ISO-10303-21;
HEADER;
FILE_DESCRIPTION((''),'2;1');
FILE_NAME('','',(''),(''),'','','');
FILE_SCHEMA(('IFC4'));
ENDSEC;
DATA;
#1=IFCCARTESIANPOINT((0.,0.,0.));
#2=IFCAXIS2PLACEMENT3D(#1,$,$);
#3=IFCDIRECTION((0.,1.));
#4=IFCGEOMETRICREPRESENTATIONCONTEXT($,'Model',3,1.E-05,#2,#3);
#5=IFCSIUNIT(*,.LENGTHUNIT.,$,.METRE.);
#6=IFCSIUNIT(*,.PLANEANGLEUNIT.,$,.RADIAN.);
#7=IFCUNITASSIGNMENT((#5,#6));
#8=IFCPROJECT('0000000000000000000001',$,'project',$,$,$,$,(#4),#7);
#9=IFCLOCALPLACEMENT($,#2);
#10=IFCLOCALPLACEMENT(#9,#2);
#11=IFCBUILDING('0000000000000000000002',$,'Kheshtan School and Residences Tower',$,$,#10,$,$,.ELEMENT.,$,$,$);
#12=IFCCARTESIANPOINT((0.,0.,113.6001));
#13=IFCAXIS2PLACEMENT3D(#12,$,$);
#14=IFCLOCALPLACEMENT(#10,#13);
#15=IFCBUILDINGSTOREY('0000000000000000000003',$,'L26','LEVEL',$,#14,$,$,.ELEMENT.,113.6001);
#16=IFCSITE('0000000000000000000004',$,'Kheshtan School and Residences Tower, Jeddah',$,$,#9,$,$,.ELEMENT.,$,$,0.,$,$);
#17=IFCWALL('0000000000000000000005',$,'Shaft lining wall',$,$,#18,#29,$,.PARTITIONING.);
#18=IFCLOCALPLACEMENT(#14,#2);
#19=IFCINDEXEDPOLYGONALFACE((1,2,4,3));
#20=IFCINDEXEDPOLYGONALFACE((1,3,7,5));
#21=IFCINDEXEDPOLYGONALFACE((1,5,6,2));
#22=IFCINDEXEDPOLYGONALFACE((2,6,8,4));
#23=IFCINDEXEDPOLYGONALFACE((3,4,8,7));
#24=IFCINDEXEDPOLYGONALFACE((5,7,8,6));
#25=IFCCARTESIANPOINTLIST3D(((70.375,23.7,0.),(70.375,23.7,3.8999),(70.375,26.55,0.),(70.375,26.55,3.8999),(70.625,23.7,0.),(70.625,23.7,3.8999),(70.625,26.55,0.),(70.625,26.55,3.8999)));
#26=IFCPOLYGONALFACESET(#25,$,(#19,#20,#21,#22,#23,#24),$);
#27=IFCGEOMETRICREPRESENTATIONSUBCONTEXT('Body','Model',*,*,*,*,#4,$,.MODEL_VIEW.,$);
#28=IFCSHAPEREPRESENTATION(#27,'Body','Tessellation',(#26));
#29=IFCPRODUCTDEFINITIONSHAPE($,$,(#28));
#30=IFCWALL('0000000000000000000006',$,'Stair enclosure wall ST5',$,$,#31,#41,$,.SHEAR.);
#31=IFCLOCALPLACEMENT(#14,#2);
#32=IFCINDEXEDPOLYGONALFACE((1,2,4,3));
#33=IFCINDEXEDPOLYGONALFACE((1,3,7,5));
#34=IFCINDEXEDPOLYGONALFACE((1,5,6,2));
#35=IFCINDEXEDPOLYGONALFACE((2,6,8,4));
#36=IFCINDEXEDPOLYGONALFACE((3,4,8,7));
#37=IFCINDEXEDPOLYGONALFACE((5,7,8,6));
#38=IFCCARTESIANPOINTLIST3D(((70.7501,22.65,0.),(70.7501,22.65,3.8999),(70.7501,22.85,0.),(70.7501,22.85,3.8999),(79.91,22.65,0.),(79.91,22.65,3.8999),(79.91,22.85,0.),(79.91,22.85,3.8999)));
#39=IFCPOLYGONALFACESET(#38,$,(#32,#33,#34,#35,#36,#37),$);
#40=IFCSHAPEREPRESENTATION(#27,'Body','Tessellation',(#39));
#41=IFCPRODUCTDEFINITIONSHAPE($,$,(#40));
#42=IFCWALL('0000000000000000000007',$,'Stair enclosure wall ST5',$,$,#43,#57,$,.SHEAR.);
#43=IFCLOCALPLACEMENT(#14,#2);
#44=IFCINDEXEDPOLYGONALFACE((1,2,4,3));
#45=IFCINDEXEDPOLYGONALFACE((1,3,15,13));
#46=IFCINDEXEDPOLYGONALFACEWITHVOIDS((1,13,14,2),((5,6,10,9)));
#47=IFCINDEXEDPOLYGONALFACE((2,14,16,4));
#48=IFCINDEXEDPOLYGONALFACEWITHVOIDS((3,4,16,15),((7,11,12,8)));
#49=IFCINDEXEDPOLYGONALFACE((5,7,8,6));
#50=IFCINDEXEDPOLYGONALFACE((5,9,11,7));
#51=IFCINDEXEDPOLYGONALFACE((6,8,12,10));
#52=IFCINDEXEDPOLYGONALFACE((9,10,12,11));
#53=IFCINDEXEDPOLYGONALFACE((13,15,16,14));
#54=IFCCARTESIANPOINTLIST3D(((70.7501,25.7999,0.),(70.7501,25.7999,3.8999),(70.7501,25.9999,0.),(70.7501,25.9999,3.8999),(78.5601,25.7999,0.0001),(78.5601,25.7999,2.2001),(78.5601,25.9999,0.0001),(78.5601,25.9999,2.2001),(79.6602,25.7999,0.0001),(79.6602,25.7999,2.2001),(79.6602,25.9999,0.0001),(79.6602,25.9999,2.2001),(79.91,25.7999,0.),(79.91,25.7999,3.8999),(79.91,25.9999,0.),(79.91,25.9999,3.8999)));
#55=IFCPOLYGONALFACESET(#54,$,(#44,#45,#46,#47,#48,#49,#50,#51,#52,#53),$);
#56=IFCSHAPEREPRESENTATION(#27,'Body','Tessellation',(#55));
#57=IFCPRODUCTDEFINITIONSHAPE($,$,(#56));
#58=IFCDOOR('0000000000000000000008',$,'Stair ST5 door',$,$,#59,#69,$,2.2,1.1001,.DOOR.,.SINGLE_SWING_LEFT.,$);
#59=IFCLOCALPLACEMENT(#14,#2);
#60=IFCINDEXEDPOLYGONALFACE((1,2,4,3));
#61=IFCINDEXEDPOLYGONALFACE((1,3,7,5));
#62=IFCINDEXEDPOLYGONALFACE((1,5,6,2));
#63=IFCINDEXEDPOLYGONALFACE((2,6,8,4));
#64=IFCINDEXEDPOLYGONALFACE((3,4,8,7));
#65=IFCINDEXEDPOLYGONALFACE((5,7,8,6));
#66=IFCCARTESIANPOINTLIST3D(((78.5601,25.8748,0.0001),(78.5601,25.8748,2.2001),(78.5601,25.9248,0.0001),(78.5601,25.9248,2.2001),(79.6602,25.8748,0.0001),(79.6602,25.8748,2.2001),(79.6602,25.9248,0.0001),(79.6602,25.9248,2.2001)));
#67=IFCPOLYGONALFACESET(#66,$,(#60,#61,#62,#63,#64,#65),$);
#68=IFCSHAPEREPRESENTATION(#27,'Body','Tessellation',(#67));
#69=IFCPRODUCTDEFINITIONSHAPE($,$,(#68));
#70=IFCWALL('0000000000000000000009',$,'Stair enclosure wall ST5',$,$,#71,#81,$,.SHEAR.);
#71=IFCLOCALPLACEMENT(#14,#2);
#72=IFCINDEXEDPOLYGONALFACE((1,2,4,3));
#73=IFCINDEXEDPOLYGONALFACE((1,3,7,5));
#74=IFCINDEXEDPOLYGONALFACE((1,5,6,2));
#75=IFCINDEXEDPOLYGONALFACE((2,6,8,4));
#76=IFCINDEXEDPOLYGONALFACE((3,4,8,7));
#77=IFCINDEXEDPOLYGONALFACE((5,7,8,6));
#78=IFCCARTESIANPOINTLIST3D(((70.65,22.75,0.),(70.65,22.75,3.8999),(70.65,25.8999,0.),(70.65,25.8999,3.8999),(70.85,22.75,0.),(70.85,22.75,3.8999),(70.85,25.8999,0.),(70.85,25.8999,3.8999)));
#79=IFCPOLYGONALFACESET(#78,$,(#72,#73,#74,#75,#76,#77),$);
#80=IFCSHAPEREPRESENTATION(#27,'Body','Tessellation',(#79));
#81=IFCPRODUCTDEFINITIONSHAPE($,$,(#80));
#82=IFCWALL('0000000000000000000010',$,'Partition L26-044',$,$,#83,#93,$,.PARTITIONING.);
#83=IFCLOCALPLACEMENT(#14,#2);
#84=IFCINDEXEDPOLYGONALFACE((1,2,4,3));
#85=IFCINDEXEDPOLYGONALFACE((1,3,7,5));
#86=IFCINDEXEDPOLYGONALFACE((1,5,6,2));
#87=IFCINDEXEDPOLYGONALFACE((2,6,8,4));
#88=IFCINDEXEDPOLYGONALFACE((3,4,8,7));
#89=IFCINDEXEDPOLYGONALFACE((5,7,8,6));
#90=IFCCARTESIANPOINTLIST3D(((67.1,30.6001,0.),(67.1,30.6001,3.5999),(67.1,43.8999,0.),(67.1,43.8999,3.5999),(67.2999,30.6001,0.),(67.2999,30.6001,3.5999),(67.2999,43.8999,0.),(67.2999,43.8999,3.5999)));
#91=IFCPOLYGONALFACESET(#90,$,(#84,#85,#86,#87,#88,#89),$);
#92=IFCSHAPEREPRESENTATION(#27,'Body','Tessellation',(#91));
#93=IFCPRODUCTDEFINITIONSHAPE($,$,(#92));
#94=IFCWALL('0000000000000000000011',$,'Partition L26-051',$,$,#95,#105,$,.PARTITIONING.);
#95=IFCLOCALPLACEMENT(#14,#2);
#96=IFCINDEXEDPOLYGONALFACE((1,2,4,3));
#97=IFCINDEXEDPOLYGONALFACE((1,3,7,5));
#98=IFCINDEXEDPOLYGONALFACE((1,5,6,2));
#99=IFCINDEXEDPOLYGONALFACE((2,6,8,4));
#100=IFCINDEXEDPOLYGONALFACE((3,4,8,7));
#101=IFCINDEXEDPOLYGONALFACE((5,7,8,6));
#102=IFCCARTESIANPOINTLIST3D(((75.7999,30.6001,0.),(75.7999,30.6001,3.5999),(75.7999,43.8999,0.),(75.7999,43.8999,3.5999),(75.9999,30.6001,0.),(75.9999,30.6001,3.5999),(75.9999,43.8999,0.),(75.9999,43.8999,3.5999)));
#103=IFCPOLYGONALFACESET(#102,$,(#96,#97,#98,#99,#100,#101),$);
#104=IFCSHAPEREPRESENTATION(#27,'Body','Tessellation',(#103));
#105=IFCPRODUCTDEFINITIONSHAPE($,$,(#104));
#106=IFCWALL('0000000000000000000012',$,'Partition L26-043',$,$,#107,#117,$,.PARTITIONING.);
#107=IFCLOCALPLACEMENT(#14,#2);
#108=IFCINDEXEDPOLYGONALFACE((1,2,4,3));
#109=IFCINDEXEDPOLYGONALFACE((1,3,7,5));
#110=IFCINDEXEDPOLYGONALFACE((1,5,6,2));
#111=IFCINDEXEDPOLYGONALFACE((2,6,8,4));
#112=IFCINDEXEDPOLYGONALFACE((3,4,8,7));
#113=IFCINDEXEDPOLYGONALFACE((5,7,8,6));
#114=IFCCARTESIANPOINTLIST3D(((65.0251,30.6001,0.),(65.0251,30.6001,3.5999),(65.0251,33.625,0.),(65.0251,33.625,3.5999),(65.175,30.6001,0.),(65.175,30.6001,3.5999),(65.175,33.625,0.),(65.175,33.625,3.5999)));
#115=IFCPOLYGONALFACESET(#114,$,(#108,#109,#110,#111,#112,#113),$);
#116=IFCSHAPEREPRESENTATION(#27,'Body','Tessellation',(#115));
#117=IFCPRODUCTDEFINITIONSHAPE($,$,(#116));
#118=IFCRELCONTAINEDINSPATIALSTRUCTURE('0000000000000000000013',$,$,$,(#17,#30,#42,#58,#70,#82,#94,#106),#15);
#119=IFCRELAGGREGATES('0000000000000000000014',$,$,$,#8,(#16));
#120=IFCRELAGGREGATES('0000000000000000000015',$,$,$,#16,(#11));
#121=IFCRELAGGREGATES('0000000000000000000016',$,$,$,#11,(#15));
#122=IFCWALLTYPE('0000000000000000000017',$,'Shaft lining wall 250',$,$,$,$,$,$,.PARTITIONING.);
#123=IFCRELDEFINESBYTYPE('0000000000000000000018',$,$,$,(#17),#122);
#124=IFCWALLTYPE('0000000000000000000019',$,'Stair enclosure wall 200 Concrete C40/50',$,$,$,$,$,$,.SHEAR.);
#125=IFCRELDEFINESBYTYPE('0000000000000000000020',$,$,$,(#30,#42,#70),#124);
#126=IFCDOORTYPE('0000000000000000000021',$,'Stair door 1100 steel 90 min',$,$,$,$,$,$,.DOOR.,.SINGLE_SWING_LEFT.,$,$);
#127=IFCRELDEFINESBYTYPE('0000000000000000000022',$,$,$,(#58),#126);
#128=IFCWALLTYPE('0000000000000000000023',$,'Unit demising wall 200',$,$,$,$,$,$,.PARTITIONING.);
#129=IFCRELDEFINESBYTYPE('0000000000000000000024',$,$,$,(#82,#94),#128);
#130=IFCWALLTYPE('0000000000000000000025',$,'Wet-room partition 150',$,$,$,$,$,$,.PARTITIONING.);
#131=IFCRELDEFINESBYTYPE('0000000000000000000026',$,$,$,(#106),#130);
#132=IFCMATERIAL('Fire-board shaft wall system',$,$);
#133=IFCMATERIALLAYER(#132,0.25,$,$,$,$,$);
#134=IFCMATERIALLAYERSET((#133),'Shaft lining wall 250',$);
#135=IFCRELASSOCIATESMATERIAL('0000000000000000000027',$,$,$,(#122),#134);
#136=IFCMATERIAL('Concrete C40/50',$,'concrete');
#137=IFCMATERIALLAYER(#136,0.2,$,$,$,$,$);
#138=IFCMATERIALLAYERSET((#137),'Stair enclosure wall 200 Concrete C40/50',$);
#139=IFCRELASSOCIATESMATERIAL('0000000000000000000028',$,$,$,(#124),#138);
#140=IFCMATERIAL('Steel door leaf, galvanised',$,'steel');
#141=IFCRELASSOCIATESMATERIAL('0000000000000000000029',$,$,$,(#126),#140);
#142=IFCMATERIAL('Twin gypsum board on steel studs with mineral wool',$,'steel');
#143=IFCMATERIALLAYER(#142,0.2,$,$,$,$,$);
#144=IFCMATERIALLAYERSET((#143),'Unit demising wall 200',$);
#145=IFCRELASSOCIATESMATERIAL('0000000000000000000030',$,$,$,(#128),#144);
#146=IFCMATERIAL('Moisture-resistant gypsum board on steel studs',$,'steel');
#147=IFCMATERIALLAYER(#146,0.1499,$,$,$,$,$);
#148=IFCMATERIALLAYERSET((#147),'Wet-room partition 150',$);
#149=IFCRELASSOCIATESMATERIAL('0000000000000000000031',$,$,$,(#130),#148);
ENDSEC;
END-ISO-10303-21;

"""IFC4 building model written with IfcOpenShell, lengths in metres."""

from ifc_helpers import new_model, si_unit, direction, frame, frame_2d, origin, place, context, subcontext, project, spatial, rectangle, extrude, source, transform, mapped, material, layer, layer_set, type_object, element, fill, save


model = new_model("IFC4")

# Units and contexts
model_context = context("Model", 3, precision=1e-05, world=origin(), true_north=direction((0.0, 1.0)))
body_context = subcontext(model_context, "Body", "Model", "MODEL_VIEW")
ifc_project = project(units=[si_unit("LENGTHUNIT", "METRE"), si_unit("PLANEANGLEUNIT", "RADIAN")], contexts=[model_context])

# Site, building, storey
site_placement = place(None, origin())
site = spatial("IfcSite", under=ifc_project, at=site_placement, Name="Kheshtan School and Residences Tower, Jeddah", CompositionType="ELEMENT", RefElevation=0.0)
building_placement = place(site_placement, origin())
building = spatial("IfcBuilding", under=site, at=building_placement, Name="Kheshtan School and Residences Tower", CompositionType="ELEMENT")
storey_placement = place(building_placement, frame((0.0, 0.0, 113.6001)))
storey = spatial("IfcBuildingStorey", under=building, at=storey_placement, Name="L26", Description="LEVEL", CompositionType="ELEMENT", Elevation=113.6001)

# Shared definitions
ifc_material_1 = material(Name="Fire-board shaft wall system")
ifc_material_2 = material(Name="Steel door leaf, galvanised", Category="steel")

# Walls
ifc_layer_1 = layer(ifc_material_1, 0.25)
ifc_layer_set_1 = layer_set([ifc_layer_1], Name="Shaft lining wall 250")
wall_type_1 = type_object("IfcWallType", Name="Shaft lining wall 250", PredefinedType="PARTITIONING", material=ifc_layer_set_1)
wall_1_placement = place(storey_placement, frame((70.5, 23.7, 0.0), z_axis=(0.0, 0.0, 1.0), x_axis=(0.0, 1.0, 0.0)))
element("IfcWall", 1, at=wall_1_placement, inside=storey, type_object=wall_type_1, Name="Shaft lining wall", PredefinedType="PARTITIONING", context=body_context, shape_type="SweptSolid", body=[
    extrude(rectangle(XDim=2.8501, YDim=0.25, at=frame_2d((1.425, 0.0))), origin(), (0.0, 0.0, 1.0), 3.8999),
])
ifc_material_3 = material(Name="Concrete C40/50", Category="concrete")
ifc_layer_2 = layer(ifc_material_3, 0.2)
ifc_layer_set_2 = layer_set([ifc_layer_2], Name="Stair enclosure wall 200 Concrete C40/50")
wall_type_2 = type_object("IfcWallType", Name="Stair enclosure wall 200 Concrete C40/50", PredefinedType="SHEAR", material=ifc_layer_set_2)
wall_2_placement = place(storey_placement, frame((70.75, 22.75, 0.0), z_axis=(0.0, 0.0, 1.0), x_axis=(1.0, 0.0, 0.0)))
element("IfcWall", 2, at=wall_2_placement, inside=storey, type_object=wall_type_2, Name="Stair enclosure wall ST5", PredefinedType="SHEAR", context=body_context, shape_type="SweptSolid", body=[
    extrude(rectangle(XDim=9.1599, YDim=0.2, at=frame_2d((4.5801, 0.0))), origin(), (0.0, 0.0, 1.0), 3.8999),
])

# Wall, opening, door
wall_3_placement = place(storey_placement, frame((70.75, 25.8999, 0.0), z_axis=(0.0, 0.0, 1.0), x_axis=(1.0, 0.0, 0.0)))
wall_3 = element("IfcWall", 3, at=wall_3_placement, inside=storey, type_object=wall_type_2, Name="Stair enclosure wall ST5", PredefinedType="SHEAR", context=body_context, shape_type="SweptSolid", body=[
    extrude(rectangle(XDim=9.1599, YDim=0.2, at=frame_2d((4.5801, 0.0))), origin(), (0.0, 0.0, 1.0), 3.8999),
])
opening_1_placement = place(wall_3_placement, frame((7.8101, 0.0, 0.0)))
opening_1 = element("IfcOpeningElement", 4, at=opening_1_placement, cuts=wall_3, PredefinedType="OPENING", context=body_context, shape_type="SweptSolid", body=[
    extrude(rectangle(XDim=1.1001, YDim=2.2, at=frame_2d((0.55, 1.1001))), frame((0.0, 0.1099, 0.0), z_axis=(0.0, -1.0, 0.0), x_axis=(1.0, 0.0, 0.0)), (0.0, 0.0, 1.0), 0.22),
])
door_type_1 = type_object("IfcDoorType", Name="Stair door 1100 steel 90 min", OperationType="SINGLE_SWING_LEFT", PredefinedType="DOOR", material=ifc_material_2)
shared_shape_1 = source(origin(), body_context, "Body", "SweptSolid", [
    extrude(rectangle(XDim=1.1001, YDim=2.2, at=frame_2d((0.55, 1.1001))), frame((0.0, 0.0249, 0.0), z_axis=(0.0, -1.0, 0.0), x_axis=(1.0, 0.0, 0.0)), (0.0, 0.0, 1.0), 0.05),
])
door_1_placement = place(opening_1_placement, origin())
door_1 = element("IfcDoor", 5, at=door_1_placement, inside=storey, type_object=door_type_1, Name="Stair ST5 door", OperationType="SINGLE_SWING_LEFT", OverallHeight=2.2, OverallWidth=1.1001, PredefinedType="DOOR", context=body_context, shape_type="MappedRepresentation", body=[
    mapped(shared_shape_1, transform((0.0, 0.0, 0.0), x_axis=(1.0, 0.0, 0.0), y_axis=(0.0, 1.0, 0.0), z_axis=(0.0, 0.0, 1.0), scale=1.0)),
])
fill(opening_1, door_1)

# Walls
wall_4_placement = place(storey_placement, frame((70.75, 22.75, 0.0), z_axis=(0.0, 0.0, 1.0), x_axis=(0.0, 1.0, 0.0)))
element("IfcWall", 6, at=wall_4_placement, inside=storey, type_object=wall_type_2, Name="Stair enclosure wall ST5", PredefinedType="SHEAR", context=body_context, shape_type="SweptSolid", body=[
    extrude(rectangle(XDim=3.1499, YDim=0.2, at=frame_2d((1.575, 0.0))), origin(), (0.0, 0.0, 1.0), 3.8999),
])
ifc_material_4 = material(Name="Twin gypsum board on steel studs with mineral wool", Category="steel")
ifc_layer_3 = layer(ifc_material_4, 0.2)
ifc_layer_set_3 = layer_set([ifc_layer_3], Name="Unit demising wall 200")
wall_type_3 = type_object("IfcWallType", Name="Unit demising wall 200", PredefinedType="PARTITIONING", material=ifc_layer_set_3)
for number, where, z_axis, x_axis, name in (
    (7, (67.2, 30.6001, 0.0), (0.0, 0.0, 1.0), (0.0, 1.0, 0.0), "Partition L26-044"),
    (8, (75.8999, 30.6001, 0.0), (0.0, 0.0, 1.0), (0.0, 1.0, 0.0), "Partition L26-051"),
):
    element("IfcWall", number, at=place(storey_placement, frame(where, z_axis=z_axis, x_axis=x_axis)), inside=storey, type_object=wall_type_3, Name=name, PredefinedType="PARTITIONING", context=body_context, shape_type="SweptSolid", body=[
        extrude(rectangle(XDim=13.2998, YDim=0.2, at=frame_2d((6.6499, 0.0))), origin(), (0.0, 0.0, 1.0), 3.5999),
    ])
ifc_material_5 = material(Name="Moisture-resistant gypsum board on steel studs", Category="steel")
ifc_layer_4 = layer(ifc_material_5, 0.1499)
ifc_layer_set_4 = layer_set([ifc_layer_4], Name="Wet-room partition 150")
wall_type_4 = type_object("IfcWallType", Name="Wet-room partition 150", PredefinedType="PARTITIONING", material=ifc_layer_set_4)
wall_5_placement = place(storey_placement, frame((65.1001, 30.6001, 0.0), z_axis=(0.0, 0.0, 1.0), x_axis=(0.0, 1.0, 0.0)))
element("IfcWall", 9, at=wall_5_placement, inside=storey, type_object=wall_type_4, Name="Partition L26-043", PredefinedType="PARTITIONING", context=body_context, shape_type="SweptSolid", body=[
    extrude(rectangle(XDim=3.0249, YDim=0.1499, at=frame_2d((1.5125, 0.0))), origin(), (0.0, 0.0, 1.0), 3.5999),
])

save(model, "model.ifc")
